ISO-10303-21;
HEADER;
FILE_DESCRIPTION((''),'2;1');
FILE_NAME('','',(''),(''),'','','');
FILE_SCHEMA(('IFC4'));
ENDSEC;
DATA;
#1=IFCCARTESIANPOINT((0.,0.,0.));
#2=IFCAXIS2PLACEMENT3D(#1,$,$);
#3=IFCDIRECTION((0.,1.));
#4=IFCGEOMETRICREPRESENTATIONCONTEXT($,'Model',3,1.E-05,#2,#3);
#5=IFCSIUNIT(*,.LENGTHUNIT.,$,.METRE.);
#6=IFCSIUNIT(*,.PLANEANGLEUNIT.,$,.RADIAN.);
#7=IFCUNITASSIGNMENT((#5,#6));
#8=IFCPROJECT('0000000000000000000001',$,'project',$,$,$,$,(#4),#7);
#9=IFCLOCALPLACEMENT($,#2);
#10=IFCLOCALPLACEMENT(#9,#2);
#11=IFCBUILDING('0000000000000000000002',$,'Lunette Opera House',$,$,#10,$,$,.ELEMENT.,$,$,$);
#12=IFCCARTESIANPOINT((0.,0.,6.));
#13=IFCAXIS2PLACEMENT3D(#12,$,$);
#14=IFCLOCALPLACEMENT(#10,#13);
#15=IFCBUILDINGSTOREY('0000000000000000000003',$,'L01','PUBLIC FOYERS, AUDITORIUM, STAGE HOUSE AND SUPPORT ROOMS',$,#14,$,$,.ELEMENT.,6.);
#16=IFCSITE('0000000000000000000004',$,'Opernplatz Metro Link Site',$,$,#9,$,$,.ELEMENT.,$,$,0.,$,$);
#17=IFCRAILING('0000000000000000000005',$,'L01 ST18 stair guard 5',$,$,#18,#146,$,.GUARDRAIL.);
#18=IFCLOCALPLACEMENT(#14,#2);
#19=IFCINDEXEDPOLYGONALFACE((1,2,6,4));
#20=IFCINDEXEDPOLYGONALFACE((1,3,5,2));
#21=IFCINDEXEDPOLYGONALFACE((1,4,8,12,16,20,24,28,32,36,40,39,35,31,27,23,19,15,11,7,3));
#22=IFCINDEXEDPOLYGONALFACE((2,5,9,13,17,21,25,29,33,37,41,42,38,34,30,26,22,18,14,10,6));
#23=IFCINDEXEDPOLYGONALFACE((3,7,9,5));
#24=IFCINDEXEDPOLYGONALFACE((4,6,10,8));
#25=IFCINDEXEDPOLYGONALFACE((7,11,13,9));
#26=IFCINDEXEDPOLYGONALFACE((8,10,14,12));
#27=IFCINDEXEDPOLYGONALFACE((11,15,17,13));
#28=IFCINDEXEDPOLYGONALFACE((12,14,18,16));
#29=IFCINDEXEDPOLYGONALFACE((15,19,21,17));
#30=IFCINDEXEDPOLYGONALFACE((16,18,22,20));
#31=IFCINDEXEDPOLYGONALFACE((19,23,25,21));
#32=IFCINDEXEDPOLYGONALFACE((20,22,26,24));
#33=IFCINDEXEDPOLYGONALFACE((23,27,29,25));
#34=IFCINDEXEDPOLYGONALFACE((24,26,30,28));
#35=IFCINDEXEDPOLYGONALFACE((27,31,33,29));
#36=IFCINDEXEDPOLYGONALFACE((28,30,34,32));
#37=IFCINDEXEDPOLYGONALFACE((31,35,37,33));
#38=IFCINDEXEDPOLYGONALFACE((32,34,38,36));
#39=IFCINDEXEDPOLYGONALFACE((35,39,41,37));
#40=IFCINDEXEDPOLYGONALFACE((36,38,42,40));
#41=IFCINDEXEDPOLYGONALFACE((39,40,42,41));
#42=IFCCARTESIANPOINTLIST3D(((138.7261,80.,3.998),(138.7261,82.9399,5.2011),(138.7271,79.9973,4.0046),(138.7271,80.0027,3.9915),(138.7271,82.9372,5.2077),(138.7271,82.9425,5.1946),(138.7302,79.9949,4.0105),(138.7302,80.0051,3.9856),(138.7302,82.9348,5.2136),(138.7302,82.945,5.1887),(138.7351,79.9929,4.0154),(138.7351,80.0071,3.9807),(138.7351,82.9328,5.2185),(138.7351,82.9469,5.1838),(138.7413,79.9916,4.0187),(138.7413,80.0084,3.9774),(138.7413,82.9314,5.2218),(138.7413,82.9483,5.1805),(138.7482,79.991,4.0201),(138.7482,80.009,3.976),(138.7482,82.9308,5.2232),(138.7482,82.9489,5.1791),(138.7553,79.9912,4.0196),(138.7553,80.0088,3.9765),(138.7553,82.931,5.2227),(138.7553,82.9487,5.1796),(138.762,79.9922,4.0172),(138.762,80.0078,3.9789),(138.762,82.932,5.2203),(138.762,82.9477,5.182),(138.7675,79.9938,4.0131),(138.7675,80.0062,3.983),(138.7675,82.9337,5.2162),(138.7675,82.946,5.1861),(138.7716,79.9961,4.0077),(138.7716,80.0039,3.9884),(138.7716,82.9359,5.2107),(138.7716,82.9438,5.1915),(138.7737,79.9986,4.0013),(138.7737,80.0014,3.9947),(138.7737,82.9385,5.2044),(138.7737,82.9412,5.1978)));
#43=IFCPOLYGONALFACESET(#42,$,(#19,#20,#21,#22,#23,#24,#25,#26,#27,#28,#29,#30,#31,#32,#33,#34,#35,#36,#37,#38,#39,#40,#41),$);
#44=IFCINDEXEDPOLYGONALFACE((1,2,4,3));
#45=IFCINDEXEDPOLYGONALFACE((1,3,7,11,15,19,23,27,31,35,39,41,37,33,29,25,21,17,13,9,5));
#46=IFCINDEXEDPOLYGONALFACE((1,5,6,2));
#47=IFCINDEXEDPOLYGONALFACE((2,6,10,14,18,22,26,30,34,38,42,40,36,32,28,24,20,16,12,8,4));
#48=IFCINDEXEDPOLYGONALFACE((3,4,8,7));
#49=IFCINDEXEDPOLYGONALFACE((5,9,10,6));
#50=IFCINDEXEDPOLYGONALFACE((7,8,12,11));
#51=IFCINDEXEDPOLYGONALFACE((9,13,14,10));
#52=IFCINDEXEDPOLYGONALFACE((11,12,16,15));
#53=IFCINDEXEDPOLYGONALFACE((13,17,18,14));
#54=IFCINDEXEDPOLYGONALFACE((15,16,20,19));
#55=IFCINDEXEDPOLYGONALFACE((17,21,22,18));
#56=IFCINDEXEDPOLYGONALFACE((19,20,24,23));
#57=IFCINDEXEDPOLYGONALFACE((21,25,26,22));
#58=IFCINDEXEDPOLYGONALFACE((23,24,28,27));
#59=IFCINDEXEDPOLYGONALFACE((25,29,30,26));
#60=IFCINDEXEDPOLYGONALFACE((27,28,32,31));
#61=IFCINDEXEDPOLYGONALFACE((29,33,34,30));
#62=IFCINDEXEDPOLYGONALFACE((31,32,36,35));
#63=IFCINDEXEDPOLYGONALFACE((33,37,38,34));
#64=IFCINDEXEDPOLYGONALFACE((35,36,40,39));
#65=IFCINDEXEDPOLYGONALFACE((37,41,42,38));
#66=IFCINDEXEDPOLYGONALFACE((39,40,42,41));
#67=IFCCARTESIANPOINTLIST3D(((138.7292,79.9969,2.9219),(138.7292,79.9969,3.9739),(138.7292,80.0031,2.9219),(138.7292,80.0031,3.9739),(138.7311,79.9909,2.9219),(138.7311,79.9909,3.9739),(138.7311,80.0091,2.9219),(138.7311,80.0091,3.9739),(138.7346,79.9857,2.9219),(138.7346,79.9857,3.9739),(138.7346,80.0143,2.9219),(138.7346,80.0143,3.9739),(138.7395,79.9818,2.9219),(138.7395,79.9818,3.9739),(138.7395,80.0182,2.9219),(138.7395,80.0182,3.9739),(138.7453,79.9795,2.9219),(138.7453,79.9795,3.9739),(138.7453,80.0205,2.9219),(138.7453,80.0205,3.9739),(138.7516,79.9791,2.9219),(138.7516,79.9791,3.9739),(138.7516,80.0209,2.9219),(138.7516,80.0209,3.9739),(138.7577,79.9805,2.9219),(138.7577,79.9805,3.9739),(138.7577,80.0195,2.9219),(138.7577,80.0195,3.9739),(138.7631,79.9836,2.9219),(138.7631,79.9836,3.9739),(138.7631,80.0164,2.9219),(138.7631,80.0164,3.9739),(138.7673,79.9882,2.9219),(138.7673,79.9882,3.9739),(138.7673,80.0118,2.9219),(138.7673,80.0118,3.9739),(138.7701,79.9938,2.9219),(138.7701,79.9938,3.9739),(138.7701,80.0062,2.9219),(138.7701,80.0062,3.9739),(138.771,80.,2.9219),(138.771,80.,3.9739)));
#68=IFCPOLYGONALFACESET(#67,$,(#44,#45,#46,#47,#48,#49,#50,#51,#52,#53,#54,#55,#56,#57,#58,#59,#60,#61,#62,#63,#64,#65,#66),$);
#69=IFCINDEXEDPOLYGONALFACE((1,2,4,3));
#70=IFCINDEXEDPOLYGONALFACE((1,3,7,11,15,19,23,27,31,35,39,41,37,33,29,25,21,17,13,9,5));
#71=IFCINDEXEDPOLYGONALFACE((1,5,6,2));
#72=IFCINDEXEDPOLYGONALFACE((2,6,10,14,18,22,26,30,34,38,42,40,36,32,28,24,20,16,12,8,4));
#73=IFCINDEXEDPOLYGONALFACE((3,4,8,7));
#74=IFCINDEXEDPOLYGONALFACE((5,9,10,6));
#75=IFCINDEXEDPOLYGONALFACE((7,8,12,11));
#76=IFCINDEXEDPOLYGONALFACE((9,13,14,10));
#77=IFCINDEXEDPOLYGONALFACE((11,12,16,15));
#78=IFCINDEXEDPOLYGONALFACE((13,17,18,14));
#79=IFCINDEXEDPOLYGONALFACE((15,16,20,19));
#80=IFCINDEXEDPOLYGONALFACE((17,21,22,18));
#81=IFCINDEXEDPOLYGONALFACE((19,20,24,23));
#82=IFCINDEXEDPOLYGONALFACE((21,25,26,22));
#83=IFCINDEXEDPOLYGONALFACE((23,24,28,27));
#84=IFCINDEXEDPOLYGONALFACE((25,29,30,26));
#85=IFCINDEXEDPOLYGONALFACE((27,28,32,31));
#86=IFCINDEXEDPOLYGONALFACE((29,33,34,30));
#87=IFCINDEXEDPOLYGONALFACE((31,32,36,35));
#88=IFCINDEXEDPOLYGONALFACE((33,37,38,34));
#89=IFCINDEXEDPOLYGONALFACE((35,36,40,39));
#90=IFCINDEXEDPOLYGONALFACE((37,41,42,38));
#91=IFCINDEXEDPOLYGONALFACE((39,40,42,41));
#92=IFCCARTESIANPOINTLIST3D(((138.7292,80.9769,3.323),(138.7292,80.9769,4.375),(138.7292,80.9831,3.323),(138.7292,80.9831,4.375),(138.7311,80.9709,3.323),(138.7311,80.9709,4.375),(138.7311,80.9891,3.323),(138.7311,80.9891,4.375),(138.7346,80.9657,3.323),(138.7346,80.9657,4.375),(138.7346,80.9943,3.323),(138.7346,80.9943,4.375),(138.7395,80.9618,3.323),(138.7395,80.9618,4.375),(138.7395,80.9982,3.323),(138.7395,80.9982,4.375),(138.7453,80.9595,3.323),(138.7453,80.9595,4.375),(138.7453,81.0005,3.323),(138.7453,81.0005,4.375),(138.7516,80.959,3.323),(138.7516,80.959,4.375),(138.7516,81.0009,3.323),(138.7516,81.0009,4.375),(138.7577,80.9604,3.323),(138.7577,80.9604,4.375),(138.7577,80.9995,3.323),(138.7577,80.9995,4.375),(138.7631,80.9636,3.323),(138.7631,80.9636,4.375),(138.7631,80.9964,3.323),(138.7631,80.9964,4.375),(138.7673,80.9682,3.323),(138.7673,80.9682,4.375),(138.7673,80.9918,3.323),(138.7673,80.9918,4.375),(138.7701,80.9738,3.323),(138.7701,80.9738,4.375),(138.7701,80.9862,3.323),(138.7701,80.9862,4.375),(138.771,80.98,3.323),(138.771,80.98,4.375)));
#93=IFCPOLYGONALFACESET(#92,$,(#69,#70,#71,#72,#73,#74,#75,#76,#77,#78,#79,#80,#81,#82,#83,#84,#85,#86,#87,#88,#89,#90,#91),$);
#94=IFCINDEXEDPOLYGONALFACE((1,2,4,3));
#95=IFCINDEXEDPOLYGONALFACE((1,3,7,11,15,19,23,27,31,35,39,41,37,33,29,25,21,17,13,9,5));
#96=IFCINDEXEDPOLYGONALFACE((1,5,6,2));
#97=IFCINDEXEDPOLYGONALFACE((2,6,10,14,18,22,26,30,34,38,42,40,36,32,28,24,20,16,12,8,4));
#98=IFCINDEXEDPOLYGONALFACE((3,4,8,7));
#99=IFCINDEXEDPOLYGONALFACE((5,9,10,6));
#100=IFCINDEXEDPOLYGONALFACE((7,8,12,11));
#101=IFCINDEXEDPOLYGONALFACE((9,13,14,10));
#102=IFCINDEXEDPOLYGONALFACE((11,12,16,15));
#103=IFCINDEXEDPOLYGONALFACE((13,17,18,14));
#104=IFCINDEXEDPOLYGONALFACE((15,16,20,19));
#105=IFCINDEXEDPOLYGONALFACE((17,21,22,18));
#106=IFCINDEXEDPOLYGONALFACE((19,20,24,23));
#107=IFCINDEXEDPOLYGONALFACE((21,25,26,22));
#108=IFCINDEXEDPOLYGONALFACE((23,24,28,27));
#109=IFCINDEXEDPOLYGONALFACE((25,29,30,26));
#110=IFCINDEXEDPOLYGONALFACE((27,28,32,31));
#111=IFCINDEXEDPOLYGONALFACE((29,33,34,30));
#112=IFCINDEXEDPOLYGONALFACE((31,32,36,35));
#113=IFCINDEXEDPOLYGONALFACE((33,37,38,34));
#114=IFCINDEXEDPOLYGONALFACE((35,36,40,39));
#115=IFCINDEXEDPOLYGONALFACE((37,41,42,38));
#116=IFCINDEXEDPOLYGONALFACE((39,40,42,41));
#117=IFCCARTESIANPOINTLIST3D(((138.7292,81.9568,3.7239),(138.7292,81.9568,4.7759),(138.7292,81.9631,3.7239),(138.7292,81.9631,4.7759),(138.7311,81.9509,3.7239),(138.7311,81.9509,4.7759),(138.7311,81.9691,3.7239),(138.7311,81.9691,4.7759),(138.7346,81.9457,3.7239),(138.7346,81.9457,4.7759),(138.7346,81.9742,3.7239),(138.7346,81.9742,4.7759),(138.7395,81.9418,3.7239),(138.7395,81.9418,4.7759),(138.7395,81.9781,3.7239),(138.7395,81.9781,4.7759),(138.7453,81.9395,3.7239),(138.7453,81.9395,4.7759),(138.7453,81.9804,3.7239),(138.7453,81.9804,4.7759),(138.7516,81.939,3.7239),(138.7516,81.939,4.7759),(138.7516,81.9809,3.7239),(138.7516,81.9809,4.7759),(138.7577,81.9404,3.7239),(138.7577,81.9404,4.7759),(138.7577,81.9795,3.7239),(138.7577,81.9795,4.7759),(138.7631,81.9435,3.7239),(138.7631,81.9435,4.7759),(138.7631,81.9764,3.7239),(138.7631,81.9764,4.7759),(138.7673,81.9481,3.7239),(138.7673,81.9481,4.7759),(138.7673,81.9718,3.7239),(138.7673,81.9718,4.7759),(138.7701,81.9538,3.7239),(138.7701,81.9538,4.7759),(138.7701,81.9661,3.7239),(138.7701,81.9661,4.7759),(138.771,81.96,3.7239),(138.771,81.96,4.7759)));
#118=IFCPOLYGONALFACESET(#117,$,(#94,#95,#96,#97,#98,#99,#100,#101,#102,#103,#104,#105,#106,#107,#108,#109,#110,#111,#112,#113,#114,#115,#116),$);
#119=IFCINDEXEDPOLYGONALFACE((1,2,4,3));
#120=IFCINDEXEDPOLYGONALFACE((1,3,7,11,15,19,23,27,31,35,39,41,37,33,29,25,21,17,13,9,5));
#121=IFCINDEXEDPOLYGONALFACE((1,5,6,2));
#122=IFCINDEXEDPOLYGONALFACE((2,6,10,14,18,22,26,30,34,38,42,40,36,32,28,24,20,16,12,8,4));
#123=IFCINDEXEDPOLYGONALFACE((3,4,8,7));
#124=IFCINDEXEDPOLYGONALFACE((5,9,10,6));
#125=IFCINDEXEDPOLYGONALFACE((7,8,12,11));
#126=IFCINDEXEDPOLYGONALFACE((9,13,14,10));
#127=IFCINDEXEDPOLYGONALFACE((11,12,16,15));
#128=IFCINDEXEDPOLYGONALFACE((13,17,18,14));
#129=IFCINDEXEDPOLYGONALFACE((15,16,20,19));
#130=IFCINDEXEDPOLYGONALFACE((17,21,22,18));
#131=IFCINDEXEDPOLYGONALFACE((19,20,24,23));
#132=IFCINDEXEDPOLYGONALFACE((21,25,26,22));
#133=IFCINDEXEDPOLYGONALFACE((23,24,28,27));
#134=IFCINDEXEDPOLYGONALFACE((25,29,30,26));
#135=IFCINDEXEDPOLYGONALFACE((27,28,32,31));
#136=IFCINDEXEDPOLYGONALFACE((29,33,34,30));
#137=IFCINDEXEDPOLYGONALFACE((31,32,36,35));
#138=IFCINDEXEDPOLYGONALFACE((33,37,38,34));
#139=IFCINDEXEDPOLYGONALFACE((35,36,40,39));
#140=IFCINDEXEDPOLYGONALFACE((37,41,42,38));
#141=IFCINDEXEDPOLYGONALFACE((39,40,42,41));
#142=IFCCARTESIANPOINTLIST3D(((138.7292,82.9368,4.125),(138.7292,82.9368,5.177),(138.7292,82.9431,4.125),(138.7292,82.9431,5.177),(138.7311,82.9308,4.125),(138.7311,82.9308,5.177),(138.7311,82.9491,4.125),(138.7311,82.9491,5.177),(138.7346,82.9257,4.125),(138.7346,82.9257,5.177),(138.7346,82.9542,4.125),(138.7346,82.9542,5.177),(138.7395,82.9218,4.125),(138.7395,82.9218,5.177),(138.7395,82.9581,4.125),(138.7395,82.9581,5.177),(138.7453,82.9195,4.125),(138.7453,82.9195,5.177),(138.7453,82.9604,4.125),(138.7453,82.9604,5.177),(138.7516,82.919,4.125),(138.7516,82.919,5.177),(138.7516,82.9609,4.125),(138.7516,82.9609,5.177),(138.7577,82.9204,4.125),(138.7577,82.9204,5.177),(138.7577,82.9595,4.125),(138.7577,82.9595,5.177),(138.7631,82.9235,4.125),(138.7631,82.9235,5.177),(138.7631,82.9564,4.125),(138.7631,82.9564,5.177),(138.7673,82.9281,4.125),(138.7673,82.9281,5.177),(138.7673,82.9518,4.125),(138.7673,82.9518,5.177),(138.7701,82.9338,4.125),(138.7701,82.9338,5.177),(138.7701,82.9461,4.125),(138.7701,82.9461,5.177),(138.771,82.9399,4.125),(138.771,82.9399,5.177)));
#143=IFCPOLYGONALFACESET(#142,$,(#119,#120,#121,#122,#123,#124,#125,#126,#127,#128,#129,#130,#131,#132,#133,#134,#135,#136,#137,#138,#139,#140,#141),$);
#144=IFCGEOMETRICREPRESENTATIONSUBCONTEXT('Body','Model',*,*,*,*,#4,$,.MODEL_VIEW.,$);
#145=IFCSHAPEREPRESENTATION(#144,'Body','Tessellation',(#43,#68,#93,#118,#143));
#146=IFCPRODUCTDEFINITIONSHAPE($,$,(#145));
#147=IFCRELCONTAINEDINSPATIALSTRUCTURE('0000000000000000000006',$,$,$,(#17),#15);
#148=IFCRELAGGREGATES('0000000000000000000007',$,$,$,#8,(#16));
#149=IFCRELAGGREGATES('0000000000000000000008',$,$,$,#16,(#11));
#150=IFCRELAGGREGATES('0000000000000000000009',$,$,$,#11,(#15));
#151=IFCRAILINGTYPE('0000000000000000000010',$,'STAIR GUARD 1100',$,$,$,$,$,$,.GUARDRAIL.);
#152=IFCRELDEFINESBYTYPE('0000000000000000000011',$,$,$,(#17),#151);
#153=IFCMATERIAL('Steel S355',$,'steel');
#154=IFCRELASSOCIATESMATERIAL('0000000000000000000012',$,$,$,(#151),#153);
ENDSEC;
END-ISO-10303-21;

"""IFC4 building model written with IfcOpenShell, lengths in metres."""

from ifc_helpers import new_model, si_unit, direction, frame, origin, origin_2d, place, context, subcontext, project, spatial, circle, extrude, material, type_object, element, save


model = new_model("IFC4")

# Units and contexts
model_context = context("Model", 3, precision=1e-05, world=origin(), true_north=direction((0.0, 1.0)))
body_context = subcontext(model_context, "Body", "Model", "MODEL_VIEW")
ifc_project = project(units=[si_unit("LENGTHUNIT", "METRE"), si_unit("PLANEANGLEUNIT", "RADIAN")], contexts=[model_context])

# Site, building, storey
site_placement = place(None, origin())
site = spatial("IfcSite", under=ifc_project, at=site_placement, Name="Opernplatz Metro Link Site", CompositionType="ELEMENT", RefElevation=0.0)
building_placement = place(site_placement, origin())
building = spatial("IfcBuilding", under=site, at=building_placement, Name="Lunette Opera House", CompositionType="ELEMENT")
storey_placement = place(building_placement, frame((0.0, 0.0, 6.0)))
storey = spatial("IfcBuildingStorey", under=building, at=storey_placement, Name="L01", Description="PUBLIC FOYERS, AUDITORIUM, STAGE HOUSE AND SUPPORT ROOMS", CompositionType="ELEMENT", Elevation=6.0)

# Railing
ifc_material_1 = material(Name="Steel S355", Category="steel")
railing_type_1 = type_object("IfcRailingType", Name="STAIR GUARD 1100", PredefinedType="GUARDRAIL", material=ifc_material_1)
railing_1_placement = place(storey_placement, frame((138.75, 80.0, 2.9219)))
element("IfcRailing", 1, at=railing_1_placement, inside=storey, type_object=railing_type_1, Name="L01 ST18 stair guard 5", PredefinedType="GUARDRAIL", context=body_context, shape_type="SweptSolid", body=[
    extrude(circle(Radius=0.0239, at=origin_2d()), frame((0.0, 0.0, 1.0762), z_axis=(0.0, 0.9255, 0.378747), x_axis=(-1.0, 0.0, 0.0)), (0.0, 0.0, 1.0), 3.1765),
    extrude(circle(Radius=0.021, at=origin_2d()), origin(), (0.0, 0.0, 1.0), 1.052),
    extrude(circle(Radius=0.021, at=origin_2d()), frame((0.0, 0.98, 0.4011)), (0.0, 0.0, 1.0), 1.052),
    extrude(circle(Radius=0.021, at=origin_2d()), frame((0.0, 1.96, 0.802)), (0.0, 0.0, 1.0), 1.052),
    extrude(circle(Radius=0.021, at=origin_2d()), frame((0.0, 2.9399, 1.2031)), (0.0, 0.0, 1.0), 1.052),
])

save(model, "model.ifc")
